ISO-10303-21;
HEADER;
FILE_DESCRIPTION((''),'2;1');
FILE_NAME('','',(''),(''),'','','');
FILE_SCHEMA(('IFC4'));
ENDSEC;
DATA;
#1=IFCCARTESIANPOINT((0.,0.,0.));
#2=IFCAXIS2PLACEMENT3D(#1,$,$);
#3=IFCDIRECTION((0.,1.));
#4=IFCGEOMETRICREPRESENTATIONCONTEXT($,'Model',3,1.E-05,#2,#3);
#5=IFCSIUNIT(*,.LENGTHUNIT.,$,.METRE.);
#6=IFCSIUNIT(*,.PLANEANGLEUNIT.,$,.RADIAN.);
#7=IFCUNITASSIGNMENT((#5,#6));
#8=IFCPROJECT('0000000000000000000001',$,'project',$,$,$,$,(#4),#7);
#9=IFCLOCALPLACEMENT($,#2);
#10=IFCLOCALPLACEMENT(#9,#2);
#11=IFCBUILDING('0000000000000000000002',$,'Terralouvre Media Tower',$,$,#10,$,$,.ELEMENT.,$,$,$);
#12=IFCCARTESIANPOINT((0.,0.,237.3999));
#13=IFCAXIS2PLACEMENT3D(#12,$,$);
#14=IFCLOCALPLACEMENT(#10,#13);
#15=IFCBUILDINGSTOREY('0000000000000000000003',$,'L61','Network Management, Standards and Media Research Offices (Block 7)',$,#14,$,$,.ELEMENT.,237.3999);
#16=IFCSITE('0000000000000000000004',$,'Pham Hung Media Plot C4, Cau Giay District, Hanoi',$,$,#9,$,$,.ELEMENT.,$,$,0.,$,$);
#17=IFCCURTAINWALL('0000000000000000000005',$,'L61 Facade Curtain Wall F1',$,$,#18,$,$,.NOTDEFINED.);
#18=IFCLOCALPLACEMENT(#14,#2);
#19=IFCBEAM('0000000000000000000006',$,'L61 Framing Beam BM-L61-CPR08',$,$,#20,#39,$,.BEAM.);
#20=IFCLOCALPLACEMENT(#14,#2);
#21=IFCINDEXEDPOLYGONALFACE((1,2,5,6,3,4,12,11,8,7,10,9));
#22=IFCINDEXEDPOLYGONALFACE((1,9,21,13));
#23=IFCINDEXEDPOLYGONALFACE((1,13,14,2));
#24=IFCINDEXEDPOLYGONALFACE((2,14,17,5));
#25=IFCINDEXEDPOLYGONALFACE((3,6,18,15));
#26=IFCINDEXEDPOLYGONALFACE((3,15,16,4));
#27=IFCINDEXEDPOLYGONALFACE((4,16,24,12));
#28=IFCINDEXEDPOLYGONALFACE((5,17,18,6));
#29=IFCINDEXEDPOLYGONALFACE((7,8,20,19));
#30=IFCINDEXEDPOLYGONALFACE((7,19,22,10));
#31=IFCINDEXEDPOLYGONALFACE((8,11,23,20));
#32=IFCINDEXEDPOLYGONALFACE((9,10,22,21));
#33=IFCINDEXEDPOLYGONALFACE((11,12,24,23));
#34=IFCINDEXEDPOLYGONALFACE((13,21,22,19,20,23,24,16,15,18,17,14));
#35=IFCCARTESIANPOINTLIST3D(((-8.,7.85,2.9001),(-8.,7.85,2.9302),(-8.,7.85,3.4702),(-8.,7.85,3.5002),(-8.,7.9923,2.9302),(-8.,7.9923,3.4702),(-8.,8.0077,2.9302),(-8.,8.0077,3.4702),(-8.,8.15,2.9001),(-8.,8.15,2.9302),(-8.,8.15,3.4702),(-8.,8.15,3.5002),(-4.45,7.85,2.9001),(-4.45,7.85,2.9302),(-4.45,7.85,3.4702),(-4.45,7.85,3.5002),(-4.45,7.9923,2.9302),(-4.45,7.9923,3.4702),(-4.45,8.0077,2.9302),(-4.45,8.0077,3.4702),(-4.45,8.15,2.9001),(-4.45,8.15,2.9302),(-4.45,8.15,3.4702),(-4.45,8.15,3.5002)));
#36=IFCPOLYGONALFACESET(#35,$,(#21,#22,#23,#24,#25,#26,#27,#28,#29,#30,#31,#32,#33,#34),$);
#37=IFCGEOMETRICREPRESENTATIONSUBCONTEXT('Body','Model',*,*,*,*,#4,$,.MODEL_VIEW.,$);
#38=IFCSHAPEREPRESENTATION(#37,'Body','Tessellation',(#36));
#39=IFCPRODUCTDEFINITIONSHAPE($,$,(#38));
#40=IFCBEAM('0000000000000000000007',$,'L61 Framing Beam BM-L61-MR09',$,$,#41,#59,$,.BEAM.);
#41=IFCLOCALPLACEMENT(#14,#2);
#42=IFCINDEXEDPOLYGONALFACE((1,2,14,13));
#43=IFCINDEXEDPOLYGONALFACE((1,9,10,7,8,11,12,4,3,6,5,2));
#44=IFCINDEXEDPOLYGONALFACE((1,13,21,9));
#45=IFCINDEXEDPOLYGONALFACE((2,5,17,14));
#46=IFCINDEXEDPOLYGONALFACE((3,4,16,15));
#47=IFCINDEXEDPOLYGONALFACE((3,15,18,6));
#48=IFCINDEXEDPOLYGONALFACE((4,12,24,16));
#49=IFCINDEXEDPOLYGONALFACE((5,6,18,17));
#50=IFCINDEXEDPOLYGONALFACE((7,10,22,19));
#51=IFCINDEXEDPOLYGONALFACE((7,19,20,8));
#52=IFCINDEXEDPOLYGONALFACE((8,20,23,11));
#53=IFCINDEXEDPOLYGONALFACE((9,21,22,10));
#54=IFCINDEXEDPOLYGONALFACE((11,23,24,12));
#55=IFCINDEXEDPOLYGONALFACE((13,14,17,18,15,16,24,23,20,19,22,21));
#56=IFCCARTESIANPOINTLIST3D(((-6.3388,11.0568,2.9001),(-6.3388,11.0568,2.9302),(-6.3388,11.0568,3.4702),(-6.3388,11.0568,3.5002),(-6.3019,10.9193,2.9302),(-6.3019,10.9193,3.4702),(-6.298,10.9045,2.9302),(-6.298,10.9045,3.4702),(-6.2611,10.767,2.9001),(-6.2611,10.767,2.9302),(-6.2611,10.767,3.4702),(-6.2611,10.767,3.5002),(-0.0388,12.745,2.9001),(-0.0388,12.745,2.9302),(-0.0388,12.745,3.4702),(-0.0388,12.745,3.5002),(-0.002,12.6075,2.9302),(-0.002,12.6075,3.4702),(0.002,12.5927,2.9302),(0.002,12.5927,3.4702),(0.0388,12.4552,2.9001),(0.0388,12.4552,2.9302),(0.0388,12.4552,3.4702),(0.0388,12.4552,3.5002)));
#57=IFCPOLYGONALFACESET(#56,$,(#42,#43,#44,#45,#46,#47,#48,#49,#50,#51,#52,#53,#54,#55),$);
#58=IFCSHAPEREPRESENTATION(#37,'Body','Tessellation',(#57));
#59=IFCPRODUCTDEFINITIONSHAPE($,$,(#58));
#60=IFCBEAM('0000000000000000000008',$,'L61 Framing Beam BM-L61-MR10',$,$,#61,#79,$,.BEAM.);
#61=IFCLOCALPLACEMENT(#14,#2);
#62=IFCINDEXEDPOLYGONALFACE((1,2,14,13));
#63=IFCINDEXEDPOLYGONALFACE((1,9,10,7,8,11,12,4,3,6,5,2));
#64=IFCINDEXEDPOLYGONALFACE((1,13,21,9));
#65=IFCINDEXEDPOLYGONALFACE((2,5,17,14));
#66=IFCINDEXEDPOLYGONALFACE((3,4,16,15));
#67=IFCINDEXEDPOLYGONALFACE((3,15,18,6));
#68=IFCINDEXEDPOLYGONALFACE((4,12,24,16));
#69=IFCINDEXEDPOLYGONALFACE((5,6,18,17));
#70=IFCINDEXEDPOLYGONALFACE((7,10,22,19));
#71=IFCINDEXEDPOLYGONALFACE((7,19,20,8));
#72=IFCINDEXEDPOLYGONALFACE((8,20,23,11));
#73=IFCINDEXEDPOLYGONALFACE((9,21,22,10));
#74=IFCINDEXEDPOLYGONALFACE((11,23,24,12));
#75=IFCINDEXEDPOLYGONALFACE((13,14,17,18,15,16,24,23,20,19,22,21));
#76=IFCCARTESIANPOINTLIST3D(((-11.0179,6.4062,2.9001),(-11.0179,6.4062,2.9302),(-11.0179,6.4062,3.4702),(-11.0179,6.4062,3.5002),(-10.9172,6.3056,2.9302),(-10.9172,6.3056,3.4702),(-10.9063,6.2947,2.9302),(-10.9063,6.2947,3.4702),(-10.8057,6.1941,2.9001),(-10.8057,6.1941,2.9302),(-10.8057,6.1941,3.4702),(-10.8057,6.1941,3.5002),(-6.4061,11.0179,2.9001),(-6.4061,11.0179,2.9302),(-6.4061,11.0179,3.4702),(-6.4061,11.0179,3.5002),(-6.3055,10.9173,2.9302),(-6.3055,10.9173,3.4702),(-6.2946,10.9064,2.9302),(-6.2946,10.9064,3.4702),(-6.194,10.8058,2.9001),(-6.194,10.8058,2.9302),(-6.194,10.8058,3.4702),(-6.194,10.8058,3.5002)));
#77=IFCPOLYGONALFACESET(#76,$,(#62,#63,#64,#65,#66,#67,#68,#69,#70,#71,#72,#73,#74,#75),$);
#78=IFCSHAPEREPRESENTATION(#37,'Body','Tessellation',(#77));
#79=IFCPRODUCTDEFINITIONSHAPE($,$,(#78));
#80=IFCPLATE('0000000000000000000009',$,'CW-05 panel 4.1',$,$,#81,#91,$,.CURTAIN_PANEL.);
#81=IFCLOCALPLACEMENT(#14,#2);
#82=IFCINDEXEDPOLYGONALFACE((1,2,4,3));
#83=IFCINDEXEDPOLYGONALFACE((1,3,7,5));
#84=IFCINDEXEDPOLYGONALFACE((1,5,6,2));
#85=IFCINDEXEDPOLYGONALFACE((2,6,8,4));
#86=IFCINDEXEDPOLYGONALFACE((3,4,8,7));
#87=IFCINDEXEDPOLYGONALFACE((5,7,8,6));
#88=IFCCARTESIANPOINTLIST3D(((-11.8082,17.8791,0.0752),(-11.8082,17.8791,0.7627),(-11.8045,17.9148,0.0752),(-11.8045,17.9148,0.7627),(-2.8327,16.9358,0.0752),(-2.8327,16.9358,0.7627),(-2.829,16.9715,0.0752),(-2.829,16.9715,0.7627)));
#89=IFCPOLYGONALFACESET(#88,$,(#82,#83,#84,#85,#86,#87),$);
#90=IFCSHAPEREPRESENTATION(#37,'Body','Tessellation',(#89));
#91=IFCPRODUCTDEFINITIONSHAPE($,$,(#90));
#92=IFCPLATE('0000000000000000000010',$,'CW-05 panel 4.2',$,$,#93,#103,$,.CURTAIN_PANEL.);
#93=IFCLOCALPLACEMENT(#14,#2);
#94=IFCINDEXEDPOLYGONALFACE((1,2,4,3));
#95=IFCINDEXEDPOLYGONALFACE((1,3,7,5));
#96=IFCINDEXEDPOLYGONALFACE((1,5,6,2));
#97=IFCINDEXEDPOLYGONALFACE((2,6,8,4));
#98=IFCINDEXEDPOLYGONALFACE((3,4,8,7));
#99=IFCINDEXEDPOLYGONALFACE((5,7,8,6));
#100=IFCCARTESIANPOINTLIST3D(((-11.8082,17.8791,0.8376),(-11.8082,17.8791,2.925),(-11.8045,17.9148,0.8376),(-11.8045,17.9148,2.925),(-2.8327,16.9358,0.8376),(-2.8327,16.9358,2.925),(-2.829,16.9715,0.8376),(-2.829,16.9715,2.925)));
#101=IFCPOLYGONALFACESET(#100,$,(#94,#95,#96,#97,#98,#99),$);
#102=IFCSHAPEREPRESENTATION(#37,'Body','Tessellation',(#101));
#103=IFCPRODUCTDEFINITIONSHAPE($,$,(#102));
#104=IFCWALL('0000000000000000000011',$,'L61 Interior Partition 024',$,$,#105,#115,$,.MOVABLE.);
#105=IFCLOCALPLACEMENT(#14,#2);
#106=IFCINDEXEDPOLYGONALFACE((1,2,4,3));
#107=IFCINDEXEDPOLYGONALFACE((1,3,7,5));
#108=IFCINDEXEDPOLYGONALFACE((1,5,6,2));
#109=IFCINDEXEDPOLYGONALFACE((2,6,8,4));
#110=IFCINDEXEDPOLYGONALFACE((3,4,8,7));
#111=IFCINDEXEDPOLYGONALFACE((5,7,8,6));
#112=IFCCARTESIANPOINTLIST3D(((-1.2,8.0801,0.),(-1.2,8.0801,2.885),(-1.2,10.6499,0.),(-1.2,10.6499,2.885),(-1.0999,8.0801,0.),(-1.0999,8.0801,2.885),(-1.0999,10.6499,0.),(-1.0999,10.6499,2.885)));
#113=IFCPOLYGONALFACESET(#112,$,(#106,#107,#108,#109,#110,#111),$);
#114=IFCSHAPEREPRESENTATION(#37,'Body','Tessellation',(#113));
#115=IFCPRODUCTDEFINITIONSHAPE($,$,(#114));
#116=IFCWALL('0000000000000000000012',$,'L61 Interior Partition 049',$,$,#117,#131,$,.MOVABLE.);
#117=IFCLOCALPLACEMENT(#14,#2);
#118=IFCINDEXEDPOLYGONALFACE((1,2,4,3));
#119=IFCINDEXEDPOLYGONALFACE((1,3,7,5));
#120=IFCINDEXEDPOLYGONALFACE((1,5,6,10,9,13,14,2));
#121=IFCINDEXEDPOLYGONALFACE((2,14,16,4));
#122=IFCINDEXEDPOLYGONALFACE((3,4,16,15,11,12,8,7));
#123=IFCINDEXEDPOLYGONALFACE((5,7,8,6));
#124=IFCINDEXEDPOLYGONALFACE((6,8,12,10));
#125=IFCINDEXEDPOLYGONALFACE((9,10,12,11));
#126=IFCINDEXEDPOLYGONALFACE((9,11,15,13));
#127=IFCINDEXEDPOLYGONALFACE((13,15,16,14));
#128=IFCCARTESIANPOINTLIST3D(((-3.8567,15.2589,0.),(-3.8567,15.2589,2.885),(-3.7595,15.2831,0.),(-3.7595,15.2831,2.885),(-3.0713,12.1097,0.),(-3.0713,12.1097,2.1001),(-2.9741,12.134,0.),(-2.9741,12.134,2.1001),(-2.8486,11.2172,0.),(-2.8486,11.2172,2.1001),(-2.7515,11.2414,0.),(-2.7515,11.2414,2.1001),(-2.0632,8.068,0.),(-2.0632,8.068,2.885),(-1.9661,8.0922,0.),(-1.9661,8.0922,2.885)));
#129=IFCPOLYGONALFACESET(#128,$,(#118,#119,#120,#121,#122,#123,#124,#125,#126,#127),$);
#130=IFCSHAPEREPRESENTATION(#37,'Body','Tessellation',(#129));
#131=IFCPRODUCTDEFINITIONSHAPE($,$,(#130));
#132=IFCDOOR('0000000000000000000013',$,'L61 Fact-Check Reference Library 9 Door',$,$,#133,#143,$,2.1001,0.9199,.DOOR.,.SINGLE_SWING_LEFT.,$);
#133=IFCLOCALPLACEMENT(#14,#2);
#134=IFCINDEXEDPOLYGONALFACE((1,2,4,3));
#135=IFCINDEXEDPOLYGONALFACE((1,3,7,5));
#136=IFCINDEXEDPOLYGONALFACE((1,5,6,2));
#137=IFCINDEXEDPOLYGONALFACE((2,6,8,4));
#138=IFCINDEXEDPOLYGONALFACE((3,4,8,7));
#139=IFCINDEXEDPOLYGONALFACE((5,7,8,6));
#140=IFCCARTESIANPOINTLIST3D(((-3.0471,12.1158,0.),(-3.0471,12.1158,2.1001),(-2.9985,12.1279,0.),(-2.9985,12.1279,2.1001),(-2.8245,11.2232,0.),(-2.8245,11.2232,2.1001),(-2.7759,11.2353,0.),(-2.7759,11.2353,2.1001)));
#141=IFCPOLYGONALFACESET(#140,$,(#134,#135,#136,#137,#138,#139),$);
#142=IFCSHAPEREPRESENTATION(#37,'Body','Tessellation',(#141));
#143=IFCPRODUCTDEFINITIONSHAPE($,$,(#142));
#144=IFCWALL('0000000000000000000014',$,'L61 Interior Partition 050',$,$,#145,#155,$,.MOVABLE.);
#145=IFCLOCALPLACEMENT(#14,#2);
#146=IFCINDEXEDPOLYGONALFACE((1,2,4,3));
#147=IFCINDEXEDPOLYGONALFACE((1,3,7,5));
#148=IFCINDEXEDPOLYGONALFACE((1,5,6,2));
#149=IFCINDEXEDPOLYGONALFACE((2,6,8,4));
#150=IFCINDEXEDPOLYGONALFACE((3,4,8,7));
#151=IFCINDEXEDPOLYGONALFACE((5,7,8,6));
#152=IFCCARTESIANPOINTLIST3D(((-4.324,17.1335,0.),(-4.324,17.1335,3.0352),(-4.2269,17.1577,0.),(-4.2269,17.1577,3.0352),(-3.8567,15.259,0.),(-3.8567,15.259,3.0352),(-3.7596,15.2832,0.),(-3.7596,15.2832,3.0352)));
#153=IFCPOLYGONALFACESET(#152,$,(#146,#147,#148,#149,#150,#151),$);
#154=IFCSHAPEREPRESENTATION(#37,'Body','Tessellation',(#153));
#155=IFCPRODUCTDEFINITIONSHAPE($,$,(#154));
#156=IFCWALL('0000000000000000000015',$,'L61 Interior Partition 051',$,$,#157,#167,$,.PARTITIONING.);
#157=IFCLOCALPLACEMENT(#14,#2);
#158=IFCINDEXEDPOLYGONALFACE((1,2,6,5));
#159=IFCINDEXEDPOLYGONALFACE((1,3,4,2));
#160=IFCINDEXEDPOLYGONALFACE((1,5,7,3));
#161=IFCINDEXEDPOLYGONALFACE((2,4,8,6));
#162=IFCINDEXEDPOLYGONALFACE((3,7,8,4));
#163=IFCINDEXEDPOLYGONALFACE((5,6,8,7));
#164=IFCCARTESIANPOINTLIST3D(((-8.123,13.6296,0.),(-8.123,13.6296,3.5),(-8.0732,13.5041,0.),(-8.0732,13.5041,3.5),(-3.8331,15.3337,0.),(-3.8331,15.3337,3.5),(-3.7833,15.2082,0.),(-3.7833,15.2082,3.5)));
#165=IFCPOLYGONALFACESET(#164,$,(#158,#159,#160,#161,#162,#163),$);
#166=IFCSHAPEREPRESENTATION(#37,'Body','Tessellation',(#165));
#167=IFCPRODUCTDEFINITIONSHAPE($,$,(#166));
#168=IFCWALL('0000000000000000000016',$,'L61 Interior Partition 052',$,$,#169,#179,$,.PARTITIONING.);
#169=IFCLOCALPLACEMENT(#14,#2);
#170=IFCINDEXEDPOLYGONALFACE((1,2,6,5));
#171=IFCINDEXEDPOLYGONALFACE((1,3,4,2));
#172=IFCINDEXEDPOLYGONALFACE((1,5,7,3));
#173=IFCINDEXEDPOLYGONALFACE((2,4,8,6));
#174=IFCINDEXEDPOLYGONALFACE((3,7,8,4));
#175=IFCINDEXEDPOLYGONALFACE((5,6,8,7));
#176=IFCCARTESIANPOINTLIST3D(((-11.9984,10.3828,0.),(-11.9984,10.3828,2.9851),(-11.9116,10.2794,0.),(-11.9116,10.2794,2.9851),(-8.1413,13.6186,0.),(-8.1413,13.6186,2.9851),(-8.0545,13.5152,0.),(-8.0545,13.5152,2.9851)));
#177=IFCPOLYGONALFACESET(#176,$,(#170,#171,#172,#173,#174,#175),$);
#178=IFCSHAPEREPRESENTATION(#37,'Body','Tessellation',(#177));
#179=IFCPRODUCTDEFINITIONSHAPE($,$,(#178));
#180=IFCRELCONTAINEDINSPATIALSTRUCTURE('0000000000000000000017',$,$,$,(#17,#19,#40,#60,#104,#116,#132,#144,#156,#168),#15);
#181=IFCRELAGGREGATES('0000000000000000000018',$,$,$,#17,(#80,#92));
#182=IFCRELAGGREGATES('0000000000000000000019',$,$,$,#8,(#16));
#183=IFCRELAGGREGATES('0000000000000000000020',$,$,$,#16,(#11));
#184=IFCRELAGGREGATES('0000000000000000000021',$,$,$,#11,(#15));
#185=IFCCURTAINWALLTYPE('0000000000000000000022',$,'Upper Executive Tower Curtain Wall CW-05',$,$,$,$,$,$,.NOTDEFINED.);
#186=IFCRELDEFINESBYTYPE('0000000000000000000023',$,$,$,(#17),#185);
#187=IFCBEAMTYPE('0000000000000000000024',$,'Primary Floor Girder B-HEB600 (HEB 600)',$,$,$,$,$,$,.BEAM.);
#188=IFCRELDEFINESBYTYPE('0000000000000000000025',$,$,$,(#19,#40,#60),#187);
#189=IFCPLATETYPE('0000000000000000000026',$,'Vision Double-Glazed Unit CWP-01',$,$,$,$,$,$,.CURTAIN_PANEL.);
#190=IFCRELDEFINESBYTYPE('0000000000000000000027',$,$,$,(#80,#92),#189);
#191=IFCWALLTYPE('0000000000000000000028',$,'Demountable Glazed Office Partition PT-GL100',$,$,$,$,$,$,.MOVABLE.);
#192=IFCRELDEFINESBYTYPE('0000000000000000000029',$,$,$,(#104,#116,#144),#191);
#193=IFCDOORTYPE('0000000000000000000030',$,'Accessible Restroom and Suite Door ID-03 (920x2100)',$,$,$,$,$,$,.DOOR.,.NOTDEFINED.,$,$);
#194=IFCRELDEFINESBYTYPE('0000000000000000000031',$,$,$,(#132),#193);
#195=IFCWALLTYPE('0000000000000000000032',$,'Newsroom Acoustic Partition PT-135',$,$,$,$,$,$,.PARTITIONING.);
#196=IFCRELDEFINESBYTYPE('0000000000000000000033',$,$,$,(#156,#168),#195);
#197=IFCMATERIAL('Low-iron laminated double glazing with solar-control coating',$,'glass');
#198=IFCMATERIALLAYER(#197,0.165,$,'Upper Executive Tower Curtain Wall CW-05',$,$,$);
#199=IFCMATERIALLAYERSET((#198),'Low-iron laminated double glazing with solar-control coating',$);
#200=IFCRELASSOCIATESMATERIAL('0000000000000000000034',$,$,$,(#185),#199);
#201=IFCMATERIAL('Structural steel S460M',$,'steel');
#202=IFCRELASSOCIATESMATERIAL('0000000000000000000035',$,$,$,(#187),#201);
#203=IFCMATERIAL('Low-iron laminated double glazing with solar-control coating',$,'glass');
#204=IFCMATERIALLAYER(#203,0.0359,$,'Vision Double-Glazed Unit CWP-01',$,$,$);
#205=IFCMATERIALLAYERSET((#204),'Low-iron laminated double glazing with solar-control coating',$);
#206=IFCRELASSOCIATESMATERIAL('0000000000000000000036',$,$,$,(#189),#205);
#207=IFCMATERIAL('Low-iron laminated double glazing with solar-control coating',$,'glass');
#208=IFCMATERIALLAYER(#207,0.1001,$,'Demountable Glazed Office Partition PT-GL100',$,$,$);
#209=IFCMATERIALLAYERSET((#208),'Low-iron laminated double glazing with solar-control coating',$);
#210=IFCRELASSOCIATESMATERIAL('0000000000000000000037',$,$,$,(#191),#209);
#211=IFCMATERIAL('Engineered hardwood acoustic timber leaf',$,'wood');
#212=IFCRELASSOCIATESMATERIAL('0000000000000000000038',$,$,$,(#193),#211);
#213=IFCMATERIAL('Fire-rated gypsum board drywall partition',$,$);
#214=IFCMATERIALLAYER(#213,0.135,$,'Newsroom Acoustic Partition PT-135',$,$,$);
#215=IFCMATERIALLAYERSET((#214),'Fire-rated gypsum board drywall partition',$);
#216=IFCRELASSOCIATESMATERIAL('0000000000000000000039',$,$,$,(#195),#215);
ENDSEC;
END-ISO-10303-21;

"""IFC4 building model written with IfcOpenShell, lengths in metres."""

from ifc_helpers import new_model, si_unit, direction, frame, frame_2d, origin, origin_2d, place, context, subcontext, project, spatial, rectangle, i_section, extrude, material, layer, layer_set, material_profile, profile_set, type_object, element, fill, aggregate, save


model = new_model("IFC4")

# Units and contexts
model_context = context("Model", 3, precision=1e-05, world=origin(), true_north=direction((0.0, 1.0)))
body_context = subcontext(model_context, "Body", "Model", "MODEL_VIEW")
ifc_project = project(units=[si_unit("LENGTHUNIT", "METRE"), si_unit("PLANEANGLEUNIT", "RADIAN")], contexts=[model_context])

# Site, building, storey
site_placement = place(None, origin())
site = spatial("IfcSite", under=ifc_project, at=site_placement, Name="Pham Hung Media Plot C4, Cau Giay District, Hanoi", CompositionType="ELEMENT", RefElevation=0.0)
building_placement = place(site_placement, origin())
building = spatial("IfcBuilding", under=site, at=building_placement, Name="Terralouvre Media Tower", CompositionType="ELEMENT")
storey_placement = place(building_placement, frame((0.0, 0.0, 237.3999)))
storey = spatial("IfcBuildingStorey", under=building, at=storey_placement, Name="L61", Description="Network Management, Standards and Media Research Offices (Block 7)", CompositionType="ELEMENT", Elevation=237.3999)

# Curtain wall
ifc_material_1 = material(Name="Low-iron laminated double glazing with solar-control coating", Category="glass")
ifc_layer_1 = layer(ifc_material_1, 0.165, Name="Upper Executive Tower Curtain Wall CW-05")
ifc_layer_set_1 = layer_set([ifc_layer_1], Name="Low-iron laminated double glazing with solar-control coating")
curtain_wall_type = type_object("IfcCurtainWallType", Name="Upper Executive Tower Curtain Wall CW-05", PredefinedType="NOTDEFINED", material=ifc_layer_set_1)
curtain_wall_placement = place(storey_placement, origin())
curtain_wall = element("IfcCurtainWall", 1, at=curtain_wall_placement, inside=storey, type_object=curtain_wall_type, Name="L61 Facade Curtain Wall F1", PredefinedType="NOTDEFINED")

# Beams
ifc_material_2 = material(Name="Structural steel S460M", Category="steel")
ifc_material_profile_1 = material_profile(ifc_material_2, i_section(OverallWidth=0.3, OverallDepth=0.6001, WebThickness=0.0154, FlangeThickness=0.03, at=origin_2d()), Name="HEB 600")
ifc_profile_set_1 = profile_set([ifc_material_profile_1], Name="Structural steel S460M")
beam_type_1 = type_object("IfcBeamType", Name="Primary Floor Girder B-HEB600 (HEB 600)", PredefinedType="BEAM", material=ifc_profile_set_1)
beam_1_placement = place(storey_placement, frame((-4.45, 8.0, 3.2002), z_axis=(-1.0, 0.0, 0.0), x_axis=(0.0, -1.0, 0.0)))
element("IfcBeam", 2, at=beam_1_placement, inside=storey, type_object=beam_type_1, Name="L61 Framing Beam BM-L61-CPR08", PredefinedType="BEAM", context=body_context, shape_type="SweptSolid", body=[
    extrude(i_section(OverallWidth=0.3, OverallDepth=0.6001, WebThickness=0.0154, FlangeThickness=0.03, at=origin_2d()), origin(), (0.0, 0.0, 1.0), 3.55),
])
beam_2_placement = place(storey_placement, frame((0.0, 12.6001, 3.2002), z_axis=(-0.96592, -0.258839, 0.0), x_axis=(0.258839, -0.96592, 0.0)))
element("IfcBeam", 3, at=beam_2_placement, inside=storey, type_object=beam_type_1, Name="L61 Framing Beam BM-L61-MR09", PredefinedType="BEAM", context=body_context, shape_type="SweptSolid", body=[
    extrude(i_section(OverallWidth=0.3, OverallDepth=0.6001, WebThickness=0.0154, FlangeThickness=0.03, at=origin_2d()), origin(), (0.0, 0.0, 1.0), 6.5222),
])
beam_3_placement = place(storey_placement, frame((-6.3, 10.9119, 3.2002), z_axis=(-0.707107, -0.707107, 0.0), x_axis=(0.707107, -0.707107, 0.0)))
element("IfcBeam", 4, at=beam_3_placement, inside=storey, type_object=beam_type_1, Name="L61 Framing Beam BM-L61-MR10", PredefinedType="BEAM", context=body_context, shape_type="SweptSolid", body=[
    extrude(i_section(OverallWidth=0.3, OverallDepth=0.6001, WebThickness=0.0154, FlangeThickness=0.03, at=origin_2d()), origin(), (0.0, 0.0, 1.0), 6.522),
])

# Plates
ifc_material_3 = material(Name="Low-iron laminated double glazing with solar-control coating", Category="glass")
ifc_layer_2 = layer(ifc_material_3, 0.0359, Name="Vision Double-Glazed Unit CWP-01")
ifc_layer_set_2 = layer_set([ifc_layer_2], Name="Low-iron laminated double glazing with solar-control coating")
plate_type = type_object("IfcPlateType", Name="Vision Double-Glazed Unit CWP-01", PredefinedType="CURTAIN_PANEL", material=ifc_layer_set_2)
plate_1_placement = place(storey_placement, frame((-7.3186, 17.4253, 0.0752), z_axis=(0.0, 0.0, 1.0), x_axis=(-0.994522, 0.104529, 0.0)))
plate_1 = element("IfcPlate", 5, at=plate_1_placement, type_object=plate_type, Name="CW-05 panel 4.1", PredefinedType="CURTAIN_PANEL", context=body_context, shape_type="SweptSolid", body=[
    extrude(rectangle(XDim=9.0249, YDim=0.0359, at=origin_2d()), origin(), (0.0, 0.0, 1.0), 0.6875),
])
plate_2_placement = place(storey_placement, frame((-7.3186, 17.4253, 0.8376), z_axis=(0.0, 0.0, 1.0), x_axis=(-0.994522, 0.104529, 0.0)))
plate_2 = element("IfcPlate", 6, at=plate_2_placement, type_object=plate_type, Name="CW-05 panel 4.2", PredefinedType="CURTAIN_PANEL", context=body_context, shape_type="SweptSolid", body=[
    extrude(rectangle(XDim=9.0249, YDim=0.0359, at=origin_2d()), origin(), (0.0, 0.0, 1.0), 2.0874),
])
aggregate(curtain_wall, [plate_1, plate_2])

# Wall
ifc_material_4 = material(Name="Low-iron laminated double glazing with solar-control coating", Category="glass")
ifc_layer_3 = layer(ifc_material_4, 0.1001, Name="Demountable Glazed Office Partition PT-GL100")
ifc_layer_set_3 = layer_set([ifc_layer_3], Name="Low-iron laminated double glazing with solar-control coating")
wall_type_1 = type_object("IfcWallType", Name="Demountable Glazed Office Partition PT-GL100", PredefinedType="MOVABLE", material=ifc_layer_set_3)
wall_1_placement = place(storey_placement, frame((-1.1499, 10.6499, 0.0), z_axis=(0.0, 0.0, 1.0), x_axis=(0.0, -1.0, 0.0)))
element("IfcWall", 7, at=wall_1_placement, inside=storey, type_object=wall_type_1, Name="L61 Interior Partition 024", PredefinedType="MOVABLE", context=body_context, shape_type="SweptSolid", body=[
    extrude(rectangle(XDim=2.5698, YDim=0.1001, at=frame_2d((1.2849, 0.0))), origin(), (0.0, 0.0, 1.0), 2.885),
])

# Wall, opening, door
wall_2_placement = place(storey_placement, frame((-3.8081, 15.271, 0.0), z_axis=(0.0, 0.0, 1.0), x_axis=(0.241993, -0.970278, 0.0)))
wall_2 = element("IfcWall", 8, at=wall_2_placement, inside=storey, type_object=wall_type_1, Name="L61 Interior Partition 049", PredefinedType="MOVABLE", context=body_context, shape_type="SweptSolid", body=[
    extrude(rectangle(XDim=7.4111, YDim=0.1001, at=frame_2d((3.7056, 0.0))), origin(), (0.0, 0.0, 1.0), 2.885),
])
opening_placement = place(wall_2_placement, frame((3.2456, 0.0, 0.0)))
opening = element("IfcOpeningElement", 9, at=opening_placement, cuts=wall_2, PredefinedType="OPENING", context=body_context, shape_type="SweptSolid", body=[
    extrude(rectangle(XDim=0.9199, YDim=2.1001, at=frame_2d((0.46, 1.05))), frame((0.0, 0.0601, 0.0), z_axis=(0.0, -1.0, 0.0), x_axis=(1.0, 0.0, 0.0)), (0.0, 0.0, 1.0), 0.1201),
])
ifc_material_5 = material(Name="Engineered hardwood acoustic timber leaf", Category="wood")
door_type = type_object("IfcDoorType", Name="Accessible Restroom and Suite Door ID-03 (920x2100)", OperationType="NOTDEFINED", PredefinedType="DOOR", material=ifc_material_5)
door_placement = place(opening_placement, origin())
door = element("IfcDoor", 10, at=door_placement, inside=storey, type_object=door_type, Name="L61 Fact-Check Reference Library 9 Door", OperationType="SINGLE_SWING_LEFT", OverallHeight=2.1001, OverallWidth=0.9199, PredefinedType="DOOR", context=body_context, shape_type="SweptSolid", body=[
    extrude(rectangle(XDim=0.9199, YDim=2.1001, at=frame_2d((0.46, 1.05))), frame((0.0, 0.0249, 0.0), z_axis=(0.0, -1.0, 0.0), x_axis=(1.0, 0.0, 0.0)), (0.0, 0.0, 1.0), 0.05),
])
fill(opening, door)

# Walls
wall_3_placement = place(storey_placement, frame((-4.2754, 17.1455, 0.0), z_axis=(0.0, 0.0, 1.0), x_axis=(0.241881, -0.970306, 0.0)))
element("IfcWall", 11, at=wall_3_placement, inside=storey, type_object=wall_type_1, Name="L61 Interior Partition 050", PredefinedType="MOVABLE", context=body_context, shape_type="SweptSolid", body=[
    extrude(rectangle(XDim=1.9319, YDim=0.1001, at=frame_2d((0.9658, 0.0))), origin(), (0.0, 0.0, 1.0), 3.0352),
])
ifc_material_6 = material(Name="Fire-rated gypsum board drywall partition")
ifc_layer_4 = layer(ifc_material_6, 0.135, Name="Newsroom Acoustic Partition PT-135")
ifc_layer_set_4 = layer_set([ifc_layer_4], Name="Fire-rated gypsum board drywall partition")
wall_type_2 = type_object("IfcWallType", Name="Newsroom Acoustic Partition PT-135", PredefinedType="PARTITIONING", material=ifc_layer_set_4)
wall_4_placement = place(storey_placement, frame((-3.8081, 15.271, 0.0), z_axis=(0.0, 0.0, 1.0), x_axis=(-0.929357, -0.369183, 0.0)))
element("IfcWall", 12, at=wall_4_placement, inside=storey, type_object=wall_type_2, Name="L61 Interior Partition 051", PredefinedType="PARTITIONING", context=body_context, shape_type="SweptSolid", body=[
    extrude(rectangle(XDim=4.616, YDim=0.135, at=frame_2d((2.3081, 0.0))), origin(), (0.0, 0.0, 1.0), 3.5),
])
wall_5_placement = place(storey_placement, frame((-8.0979, 13.5669, 0.0), z_axis=(0.0, 0.0, 1.0), x_axis=(-0.766115, -0.642704, 0.0)))
element("IfcWall", 13, at=wall_5_placement, inside=storey, type_object=wall_type_2, Name="L61 Interior Partition 052", PredefinedType="PARTITIONING", context=body_context, shape_type="SweptSolid", body=[
    extrude(rectangle(XDim=5.0347, YDim=0.135, at=frame_2d((2.5173, 0.0))), origin(), (0.0, 0.0, 1.0), 2.9851),
])

save(model, "model.ifc")
